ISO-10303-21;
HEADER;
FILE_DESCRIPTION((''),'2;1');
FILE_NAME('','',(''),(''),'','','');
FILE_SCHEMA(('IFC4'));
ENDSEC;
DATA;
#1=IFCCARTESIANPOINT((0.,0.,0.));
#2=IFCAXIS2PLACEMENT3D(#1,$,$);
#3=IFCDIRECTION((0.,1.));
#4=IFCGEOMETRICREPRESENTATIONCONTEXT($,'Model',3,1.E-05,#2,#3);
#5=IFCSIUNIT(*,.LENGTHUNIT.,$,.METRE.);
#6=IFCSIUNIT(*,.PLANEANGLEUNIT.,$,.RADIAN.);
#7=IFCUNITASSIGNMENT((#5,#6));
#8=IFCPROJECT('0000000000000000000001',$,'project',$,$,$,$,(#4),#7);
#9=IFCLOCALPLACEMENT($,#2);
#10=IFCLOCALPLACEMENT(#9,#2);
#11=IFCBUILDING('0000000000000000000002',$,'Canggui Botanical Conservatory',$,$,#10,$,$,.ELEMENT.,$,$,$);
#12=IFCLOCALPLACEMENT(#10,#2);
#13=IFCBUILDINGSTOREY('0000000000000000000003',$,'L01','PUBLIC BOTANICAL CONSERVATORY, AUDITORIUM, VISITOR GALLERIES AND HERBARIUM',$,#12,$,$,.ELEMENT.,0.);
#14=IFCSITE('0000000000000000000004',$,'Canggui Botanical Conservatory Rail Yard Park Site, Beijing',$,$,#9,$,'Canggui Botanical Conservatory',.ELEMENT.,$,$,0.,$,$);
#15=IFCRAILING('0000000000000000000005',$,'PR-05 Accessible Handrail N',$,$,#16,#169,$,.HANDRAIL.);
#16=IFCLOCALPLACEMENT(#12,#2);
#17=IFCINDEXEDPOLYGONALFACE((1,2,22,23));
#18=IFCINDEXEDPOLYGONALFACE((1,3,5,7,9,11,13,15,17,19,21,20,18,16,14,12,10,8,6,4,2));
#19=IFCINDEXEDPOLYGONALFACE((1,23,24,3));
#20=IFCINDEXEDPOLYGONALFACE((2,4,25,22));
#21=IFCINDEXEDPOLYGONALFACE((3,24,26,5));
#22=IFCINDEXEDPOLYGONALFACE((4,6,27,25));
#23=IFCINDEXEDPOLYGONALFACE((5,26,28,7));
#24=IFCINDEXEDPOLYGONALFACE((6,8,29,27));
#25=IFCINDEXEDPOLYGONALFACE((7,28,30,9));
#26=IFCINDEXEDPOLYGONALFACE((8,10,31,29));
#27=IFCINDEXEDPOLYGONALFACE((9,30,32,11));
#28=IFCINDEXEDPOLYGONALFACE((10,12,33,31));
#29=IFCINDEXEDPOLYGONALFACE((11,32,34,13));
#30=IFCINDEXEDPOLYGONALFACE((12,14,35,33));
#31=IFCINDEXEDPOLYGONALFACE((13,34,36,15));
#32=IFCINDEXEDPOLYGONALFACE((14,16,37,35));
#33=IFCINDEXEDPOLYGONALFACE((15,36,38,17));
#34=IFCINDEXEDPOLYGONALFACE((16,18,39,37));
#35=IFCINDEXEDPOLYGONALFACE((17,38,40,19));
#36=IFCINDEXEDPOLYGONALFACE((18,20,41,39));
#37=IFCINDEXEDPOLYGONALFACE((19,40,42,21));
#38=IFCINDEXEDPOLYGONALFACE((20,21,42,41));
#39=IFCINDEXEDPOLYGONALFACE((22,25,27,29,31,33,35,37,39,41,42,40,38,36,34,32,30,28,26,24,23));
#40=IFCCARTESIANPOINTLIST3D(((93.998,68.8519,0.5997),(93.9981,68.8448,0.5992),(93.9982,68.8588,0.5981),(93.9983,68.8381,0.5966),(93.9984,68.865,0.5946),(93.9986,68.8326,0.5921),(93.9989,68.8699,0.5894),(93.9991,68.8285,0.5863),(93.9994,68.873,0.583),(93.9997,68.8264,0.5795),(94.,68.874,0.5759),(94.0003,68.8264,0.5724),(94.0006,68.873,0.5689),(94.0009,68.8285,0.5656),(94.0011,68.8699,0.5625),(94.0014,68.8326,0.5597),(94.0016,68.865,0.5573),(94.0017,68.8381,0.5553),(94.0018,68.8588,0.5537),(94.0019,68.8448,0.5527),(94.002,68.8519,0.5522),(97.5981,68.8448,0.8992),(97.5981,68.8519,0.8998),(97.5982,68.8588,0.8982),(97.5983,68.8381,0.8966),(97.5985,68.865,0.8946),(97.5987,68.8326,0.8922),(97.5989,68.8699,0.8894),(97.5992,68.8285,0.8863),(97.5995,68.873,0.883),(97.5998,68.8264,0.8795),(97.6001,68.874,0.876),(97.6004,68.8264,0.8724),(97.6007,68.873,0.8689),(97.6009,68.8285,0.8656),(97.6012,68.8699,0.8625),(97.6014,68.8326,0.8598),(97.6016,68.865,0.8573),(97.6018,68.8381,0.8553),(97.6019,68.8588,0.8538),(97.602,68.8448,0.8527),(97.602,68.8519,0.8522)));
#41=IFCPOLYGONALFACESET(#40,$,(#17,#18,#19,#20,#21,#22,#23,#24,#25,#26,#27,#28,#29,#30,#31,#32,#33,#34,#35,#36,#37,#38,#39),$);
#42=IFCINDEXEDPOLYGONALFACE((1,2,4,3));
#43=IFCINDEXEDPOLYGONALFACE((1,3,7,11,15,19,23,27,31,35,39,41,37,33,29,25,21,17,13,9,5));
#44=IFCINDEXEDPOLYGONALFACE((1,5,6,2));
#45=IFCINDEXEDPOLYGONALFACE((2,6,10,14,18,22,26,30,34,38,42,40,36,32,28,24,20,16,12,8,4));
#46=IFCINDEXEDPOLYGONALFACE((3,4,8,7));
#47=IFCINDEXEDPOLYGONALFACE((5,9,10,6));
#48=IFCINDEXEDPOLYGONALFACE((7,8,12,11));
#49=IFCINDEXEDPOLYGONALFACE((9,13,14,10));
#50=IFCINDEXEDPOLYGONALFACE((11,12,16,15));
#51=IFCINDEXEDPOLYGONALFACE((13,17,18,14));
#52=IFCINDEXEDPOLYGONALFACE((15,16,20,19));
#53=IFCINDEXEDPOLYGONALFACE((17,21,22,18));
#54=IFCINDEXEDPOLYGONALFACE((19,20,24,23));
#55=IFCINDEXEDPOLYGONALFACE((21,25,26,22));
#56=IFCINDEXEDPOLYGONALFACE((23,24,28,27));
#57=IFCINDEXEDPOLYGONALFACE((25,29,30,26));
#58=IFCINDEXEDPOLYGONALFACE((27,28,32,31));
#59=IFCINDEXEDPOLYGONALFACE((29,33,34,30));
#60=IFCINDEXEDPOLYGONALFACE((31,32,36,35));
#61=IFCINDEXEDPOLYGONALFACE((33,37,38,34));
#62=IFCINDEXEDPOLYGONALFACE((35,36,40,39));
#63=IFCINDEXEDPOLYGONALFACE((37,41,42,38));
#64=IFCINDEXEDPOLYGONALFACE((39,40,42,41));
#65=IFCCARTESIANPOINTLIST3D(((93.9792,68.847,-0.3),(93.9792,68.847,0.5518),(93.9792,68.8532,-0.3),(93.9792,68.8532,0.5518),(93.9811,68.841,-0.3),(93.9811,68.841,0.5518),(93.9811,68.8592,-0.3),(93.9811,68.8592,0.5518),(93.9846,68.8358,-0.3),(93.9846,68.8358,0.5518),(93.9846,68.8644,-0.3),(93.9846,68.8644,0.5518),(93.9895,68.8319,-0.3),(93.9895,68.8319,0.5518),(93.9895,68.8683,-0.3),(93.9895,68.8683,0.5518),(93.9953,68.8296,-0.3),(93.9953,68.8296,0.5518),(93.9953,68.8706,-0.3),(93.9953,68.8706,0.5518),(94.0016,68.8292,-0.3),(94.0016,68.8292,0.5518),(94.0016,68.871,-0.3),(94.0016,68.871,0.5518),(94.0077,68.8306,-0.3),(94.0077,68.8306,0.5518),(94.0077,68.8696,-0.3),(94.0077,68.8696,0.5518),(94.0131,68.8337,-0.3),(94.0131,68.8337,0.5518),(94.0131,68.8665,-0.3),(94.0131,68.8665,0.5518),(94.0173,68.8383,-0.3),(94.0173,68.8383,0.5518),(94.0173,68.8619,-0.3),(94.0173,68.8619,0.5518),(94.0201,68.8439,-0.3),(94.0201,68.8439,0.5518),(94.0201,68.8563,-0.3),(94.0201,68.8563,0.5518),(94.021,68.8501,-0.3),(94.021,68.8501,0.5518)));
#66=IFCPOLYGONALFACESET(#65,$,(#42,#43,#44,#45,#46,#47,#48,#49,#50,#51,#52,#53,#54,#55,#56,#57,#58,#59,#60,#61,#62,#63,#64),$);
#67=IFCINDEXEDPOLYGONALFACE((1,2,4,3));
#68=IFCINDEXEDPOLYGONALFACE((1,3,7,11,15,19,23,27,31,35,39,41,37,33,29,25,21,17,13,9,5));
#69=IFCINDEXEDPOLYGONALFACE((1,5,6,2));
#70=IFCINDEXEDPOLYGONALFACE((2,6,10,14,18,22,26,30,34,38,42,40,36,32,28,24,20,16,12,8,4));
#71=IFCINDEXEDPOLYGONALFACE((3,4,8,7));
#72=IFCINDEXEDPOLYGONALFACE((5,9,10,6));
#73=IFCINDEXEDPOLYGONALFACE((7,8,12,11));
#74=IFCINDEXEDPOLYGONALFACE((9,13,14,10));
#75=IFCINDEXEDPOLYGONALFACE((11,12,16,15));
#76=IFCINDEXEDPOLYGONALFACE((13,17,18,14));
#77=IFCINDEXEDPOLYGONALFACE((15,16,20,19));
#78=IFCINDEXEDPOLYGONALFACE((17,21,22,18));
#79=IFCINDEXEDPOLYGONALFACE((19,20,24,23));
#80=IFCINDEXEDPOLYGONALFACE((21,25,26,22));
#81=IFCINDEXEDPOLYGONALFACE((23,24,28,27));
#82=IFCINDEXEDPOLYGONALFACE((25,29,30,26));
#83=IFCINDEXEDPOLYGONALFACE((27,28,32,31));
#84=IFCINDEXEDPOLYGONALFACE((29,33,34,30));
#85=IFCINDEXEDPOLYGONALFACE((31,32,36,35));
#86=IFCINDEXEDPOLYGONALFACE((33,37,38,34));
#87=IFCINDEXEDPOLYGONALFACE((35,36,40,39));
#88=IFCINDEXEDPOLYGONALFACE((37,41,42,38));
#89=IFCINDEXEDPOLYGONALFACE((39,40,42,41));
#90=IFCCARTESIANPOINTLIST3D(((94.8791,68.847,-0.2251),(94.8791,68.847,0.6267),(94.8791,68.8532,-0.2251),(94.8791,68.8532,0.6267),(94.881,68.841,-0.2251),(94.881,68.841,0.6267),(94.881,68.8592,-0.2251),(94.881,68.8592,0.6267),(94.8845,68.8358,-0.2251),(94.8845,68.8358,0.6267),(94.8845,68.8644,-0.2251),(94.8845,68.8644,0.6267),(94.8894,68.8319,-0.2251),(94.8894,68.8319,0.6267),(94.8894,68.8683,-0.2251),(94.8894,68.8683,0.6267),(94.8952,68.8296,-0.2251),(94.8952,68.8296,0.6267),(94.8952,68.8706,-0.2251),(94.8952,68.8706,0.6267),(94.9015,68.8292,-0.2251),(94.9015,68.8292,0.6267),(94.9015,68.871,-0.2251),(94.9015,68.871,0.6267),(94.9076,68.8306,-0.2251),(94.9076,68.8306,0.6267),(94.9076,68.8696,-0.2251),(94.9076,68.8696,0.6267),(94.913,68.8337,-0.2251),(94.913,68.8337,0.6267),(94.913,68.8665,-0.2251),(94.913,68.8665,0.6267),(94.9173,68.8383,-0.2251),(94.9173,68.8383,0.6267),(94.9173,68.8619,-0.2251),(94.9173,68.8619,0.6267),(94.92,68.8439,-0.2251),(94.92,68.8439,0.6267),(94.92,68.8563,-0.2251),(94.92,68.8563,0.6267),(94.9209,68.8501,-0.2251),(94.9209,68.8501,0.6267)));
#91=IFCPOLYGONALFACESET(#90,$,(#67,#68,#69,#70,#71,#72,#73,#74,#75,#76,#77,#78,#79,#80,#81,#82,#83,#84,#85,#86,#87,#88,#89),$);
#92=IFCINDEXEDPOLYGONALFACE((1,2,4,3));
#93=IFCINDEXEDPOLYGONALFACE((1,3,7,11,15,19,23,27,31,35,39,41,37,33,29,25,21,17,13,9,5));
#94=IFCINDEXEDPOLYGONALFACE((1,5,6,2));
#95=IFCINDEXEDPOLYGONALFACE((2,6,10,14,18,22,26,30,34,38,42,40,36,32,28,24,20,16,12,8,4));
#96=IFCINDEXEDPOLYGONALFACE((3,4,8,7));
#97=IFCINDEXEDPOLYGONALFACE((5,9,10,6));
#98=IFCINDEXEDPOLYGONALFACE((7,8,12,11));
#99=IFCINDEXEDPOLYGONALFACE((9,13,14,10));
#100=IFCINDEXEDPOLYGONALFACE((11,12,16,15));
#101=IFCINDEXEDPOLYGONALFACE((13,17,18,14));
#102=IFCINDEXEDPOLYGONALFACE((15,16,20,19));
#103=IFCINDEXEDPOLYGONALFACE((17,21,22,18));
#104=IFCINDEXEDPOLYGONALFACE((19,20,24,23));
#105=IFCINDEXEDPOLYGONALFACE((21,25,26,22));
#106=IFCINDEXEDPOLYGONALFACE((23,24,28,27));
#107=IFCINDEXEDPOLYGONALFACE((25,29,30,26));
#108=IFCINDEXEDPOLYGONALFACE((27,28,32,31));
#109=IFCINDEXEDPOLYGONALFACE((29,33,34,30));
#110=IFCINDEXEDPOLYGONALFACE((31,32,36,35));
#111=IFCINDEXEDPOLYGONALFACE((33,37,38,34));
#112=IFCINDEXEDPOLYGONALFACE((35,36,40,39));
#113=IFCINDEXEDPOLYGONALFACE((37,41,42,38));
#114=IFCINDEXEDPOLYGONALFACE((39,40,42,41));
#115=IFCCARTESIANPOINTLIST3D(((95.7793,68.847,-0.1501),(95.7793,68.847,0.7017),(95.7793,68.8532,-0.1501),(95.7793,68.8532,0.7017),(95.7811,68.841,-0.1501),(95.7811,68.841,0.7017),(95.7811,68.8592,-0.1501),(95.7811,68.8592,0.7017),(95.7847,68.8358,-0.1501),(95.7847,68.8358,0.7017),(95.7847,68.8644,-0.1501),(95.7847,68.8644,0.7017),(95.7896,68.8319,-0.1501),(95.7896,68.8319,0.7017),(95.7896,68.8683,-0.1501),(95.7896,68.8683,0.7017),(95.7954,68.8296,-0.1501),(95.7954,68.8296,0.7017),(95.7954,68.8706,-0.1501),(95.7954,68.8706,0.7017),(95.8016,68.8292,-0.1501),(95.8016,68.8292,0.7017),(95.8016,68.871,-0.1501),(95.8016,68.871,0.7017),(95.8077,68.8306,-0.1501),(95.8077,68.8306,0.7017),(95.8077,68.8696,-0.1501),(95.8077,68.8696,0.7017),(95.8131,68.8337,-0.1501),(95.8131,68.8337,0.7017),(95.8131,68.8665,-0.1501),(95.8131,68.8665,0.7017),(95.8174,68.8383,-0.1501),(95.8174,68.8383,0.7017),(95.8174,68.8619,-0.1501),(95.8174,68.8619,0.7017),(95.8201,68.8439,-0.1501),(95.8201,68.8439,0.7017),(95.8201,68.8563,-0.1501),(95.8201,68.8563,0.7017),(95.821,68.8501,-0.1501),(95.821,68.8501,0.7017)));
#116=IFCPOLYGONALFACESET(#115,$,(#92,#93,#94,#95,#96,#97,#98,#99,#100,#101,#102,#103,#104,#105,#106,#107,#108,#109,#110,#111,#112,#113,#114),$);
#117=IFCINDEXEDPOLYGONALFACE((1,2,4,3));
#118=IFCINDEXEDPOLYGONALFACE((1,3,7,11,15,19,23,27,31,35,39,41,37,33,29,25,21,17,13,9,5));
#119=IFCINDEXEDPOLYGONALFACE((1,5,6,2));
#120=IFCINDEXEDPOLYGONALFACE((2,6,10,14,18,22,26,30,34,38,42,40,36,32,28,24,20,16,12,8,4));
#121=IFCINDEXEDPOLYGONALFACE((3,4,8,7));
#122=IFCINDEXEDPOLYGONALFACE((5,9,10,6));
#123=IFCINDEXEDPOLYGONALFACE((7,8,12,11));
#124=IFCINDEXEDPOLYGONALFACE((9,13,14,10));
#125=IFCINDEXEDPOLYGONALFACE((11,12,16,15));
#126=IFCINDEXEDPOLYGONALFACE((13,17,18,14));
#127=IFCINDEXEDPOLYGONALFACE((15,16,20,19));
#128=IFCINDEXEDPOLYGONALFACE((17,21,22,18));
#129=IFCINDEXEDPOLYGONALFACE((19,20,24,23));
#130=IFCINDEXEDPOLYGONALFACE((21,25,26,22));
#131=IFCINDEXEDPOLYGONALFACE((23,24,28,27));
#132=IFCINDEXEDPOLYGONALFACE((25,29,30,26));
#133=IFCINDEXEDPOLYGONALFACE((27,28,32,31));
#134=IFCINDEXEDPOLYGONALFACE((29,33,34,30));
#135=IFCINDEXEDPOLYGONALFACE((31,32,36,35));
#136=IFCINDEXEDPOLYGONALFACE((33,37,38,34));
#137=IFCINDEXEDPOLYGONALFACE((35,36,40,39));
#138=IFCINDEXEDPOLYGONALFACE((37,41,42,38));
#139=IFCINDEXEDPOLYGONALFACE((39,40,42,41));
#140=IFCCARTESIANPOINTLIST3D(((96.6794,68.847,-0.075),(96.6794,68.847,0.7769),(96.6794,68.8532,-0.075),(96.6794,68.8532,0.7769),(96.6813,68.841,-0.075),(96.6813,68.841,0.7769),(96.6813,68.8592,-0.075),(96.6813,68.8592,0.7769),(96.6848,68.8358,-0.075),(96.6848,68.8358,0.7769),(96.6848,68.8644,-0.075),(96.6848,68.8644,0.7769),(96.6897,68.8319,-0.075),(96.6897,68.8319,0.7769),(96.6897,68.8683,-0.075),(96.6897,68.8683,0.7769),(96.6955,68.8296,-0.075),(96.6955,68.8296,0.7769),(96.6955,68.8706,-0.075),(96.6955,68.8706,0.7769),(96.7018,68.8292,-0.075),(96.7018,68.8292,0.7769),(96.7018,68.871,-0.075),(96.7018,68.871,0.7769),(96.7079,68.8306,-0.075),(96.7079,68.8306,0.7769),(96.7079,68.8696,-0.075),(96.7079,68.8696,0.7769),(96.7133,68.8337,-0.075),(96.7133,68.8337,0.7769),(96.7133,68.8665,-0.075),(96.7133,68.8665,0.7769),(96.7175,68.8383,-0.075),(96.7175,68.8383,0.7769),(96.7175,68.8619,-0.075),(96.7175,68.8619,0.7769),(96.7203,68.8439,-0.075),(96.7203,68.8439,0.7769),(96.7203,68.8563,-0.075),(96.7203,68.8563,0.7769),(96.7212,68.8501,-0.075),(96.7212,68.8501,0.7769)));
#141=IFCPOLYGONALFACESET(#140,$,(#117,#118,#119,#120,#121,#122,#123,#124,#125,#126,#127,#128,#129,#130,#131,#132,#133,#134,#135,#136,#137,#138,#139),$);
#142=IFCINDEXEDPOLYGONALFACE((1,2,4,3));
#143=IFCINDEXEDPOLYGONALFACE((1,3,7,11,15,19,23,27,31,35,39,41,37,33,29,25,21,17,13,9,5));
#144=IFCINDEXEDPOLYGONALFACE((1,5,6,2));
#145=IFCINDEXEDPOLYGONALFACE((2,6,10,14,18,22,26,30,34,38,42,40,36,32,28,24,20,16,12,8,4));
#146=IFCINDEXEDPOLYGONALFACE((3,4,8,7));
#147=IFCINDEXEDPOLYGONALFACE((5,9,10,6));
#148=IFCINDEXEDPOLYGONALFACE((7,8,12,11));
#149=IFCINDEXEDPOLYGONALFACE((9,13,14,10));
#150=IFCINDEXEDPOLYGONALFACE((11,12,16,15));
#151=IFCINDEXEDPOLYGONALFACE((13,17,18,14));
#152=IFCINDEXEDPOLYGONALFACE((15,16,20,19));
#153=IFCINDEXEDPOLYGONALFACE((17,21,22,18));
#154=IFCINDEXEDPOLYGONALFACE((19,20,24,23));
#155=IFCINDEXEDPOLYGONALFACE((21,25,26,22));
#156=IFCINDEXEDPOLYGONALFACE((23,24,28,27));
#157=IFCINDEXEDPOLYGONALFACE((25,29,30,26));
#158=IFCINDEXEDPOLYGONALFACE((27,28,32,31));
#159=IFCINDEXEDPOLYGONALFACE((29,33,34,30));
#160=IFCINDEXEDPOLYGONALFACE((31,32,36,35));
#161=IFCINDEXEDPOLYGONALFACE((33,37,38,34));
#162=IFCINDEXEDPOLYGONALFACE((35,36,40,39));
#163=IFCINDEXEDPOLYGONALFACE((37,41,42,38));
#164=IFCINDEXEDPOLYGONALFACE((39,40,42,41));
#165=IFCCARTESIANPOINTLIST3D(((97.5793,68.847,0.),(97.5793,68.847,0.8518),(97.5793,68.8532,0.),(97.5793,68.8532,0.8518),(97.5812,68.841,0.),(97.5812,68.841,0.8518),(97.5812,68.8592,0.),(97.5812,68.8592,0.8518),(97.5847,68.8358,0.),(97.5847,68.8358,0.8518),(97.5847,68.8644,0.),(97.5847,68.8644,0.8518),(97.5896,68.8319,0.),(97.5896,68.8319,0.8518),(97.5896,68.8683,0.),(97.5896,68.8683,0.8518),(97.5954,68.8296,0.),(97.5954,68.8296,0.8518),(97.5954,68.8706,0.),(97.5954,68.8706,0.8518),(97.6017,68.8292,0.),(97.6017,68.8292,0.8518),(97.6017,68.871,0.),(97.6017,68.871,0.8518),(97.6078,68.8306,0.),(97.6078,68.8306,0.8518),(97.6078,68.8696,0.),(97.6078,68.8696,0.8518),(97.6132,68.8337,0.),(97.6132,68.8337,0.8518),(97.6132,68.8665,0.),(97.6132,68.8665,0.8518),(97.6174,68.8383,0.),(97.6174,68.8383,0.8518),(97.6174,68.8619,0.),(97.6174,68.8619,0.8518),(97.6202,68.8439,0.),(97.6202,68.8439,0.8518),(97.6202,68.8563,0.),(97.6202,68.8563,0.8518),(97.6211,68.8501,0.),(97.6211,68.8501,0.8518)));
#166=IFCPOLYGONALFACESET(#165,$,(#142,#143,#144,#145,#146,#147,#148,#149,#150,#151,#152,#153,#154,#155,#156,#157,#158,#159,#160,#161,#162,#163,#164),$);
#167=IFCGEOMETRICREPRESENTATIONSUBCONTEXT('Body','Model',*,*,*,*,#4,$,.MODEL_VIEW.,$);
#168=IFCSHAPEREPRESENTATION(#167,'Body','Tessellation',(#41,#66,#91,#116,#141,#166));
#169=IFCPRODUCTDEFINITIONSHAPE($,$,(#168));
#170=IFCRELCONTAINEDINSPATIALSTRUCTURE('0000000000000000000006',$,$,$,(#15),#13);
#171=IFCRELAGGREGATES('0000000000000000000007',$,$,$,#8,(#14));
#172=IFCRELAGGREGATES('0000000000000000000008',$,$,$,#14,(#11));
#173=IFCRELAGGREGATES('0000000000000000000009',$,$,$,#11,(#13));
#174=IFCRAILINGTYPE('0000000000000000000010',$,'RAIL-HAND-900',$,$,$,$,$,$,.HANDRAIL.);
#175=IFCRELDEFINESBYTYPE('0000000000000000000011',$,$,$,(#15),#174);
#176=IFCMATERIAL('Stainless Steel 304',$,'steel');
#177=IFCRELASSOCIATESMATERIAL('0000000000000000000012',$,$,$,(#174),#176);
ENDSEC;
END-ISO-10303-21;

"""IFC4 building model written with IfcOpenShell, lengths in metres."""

from ifc_helpers import new_model, si_unit, direction, frame, origin, origin_2d, place, context, subcontext, project, spatial, circle, extrude, material, type_object, element, save


model = new_model("IFC4")

# Units and contexts
model_context = context("Model", 3, precision=1e-05, world=origin(), true_north=direction((0.0, 1.0)))
body_context = subcontext(model_context, "Body", "Model", "MODEL_VIEW")
ifc_project = project(units=[si_unit("LENGTHUNIT", "METRE"), si_unit("PLANEANGLEUNIT", "RADIAN")], contexts=[model_context])

# Site, building, storey
site_placement = place(None, origin())
site = spatial("IfcSite", under=ifc_project, at=site_placement, Name="Canggui Botanical Conservatory Rail Yard Park Site, Beijing", LongName="Canggui Botanical Conservatory", CompositionType="ELEMENT", RefElevation=0.0)
building_placement = place(site_placement, origin())
building = spatial("IfcBuilding", under=site, at=building_placement, Name="Canggui Botanical Conservatory", CompositionType="ELEMENT")
storey_placement = place(building_placement, origin())
storey = spatial("IfcBuildingStorey", under=building, at=storey_placement, Name="L01", Description="PUBLIC BOTANICAL CONSERVATORY, AUDITORIUM, VISITOR GALLERIES AND HERBARIUM", CompositionType="ELEMENT", Elevation=0.0)

# Railing
ifc_material_1 = material(Name="Stainless Steel 304", Category="steel")
railing_type = type_object("IfcRailingType", Name="RAIL-HAND-900", PredefinedType="HANDRAIL", material=ifc_material_1)
for number, where, name in (
    (1, (94.0, 68.8501, -0.3), "PR-05 Accessible Handrail N"),
):
    element("IfcRailing", number, at=place(storey_placement, frame(where)), inside=storey, type_object=railing_type, Name=name, PredefinedType="HANDRAIL", context=body_context, shape_type="SweptSolid", body=[
        extrude(circle(Radius=0.0239, at=origin_2d()), frame((0.0, 0.0, 0.876), z_axis=(0.996545, 0.0, 0.083057), x_axis=(0.0, 1.0, 0.0)), (0.0, 0.0, 1.0), 3.6125),
        extrude(circle(Radius=0.021, at=origin_2d()), origin(), (0.0, 0.0, 1.0), 0.8518),
        extrude(circle(Radius=0.021, at=origin_2d()), frame((0.8999, 0.0, 0.075)), (0.0, 0.0, 1.0), 0.8518),
        extrude(circle(Radius=0.021, at=origin_2d()), frame((1.8, 0.0, 0.1499)), (0.0, 0.0, 1.0), 0.8518),
        extrude(circle(Radius=0.021, at=origin_2d()), frame((2.7002, 0.0, 0.2251)), (0.0, 0.0, 1.0), 0.8518),
        extrude(circle(Radius=0.021, at=origin_2d()), frame((3.6001, 0.0, 0.3)), (0.0, 0.0, 1.0), 0.8518),
    ])

save(model, "model.ifc")
